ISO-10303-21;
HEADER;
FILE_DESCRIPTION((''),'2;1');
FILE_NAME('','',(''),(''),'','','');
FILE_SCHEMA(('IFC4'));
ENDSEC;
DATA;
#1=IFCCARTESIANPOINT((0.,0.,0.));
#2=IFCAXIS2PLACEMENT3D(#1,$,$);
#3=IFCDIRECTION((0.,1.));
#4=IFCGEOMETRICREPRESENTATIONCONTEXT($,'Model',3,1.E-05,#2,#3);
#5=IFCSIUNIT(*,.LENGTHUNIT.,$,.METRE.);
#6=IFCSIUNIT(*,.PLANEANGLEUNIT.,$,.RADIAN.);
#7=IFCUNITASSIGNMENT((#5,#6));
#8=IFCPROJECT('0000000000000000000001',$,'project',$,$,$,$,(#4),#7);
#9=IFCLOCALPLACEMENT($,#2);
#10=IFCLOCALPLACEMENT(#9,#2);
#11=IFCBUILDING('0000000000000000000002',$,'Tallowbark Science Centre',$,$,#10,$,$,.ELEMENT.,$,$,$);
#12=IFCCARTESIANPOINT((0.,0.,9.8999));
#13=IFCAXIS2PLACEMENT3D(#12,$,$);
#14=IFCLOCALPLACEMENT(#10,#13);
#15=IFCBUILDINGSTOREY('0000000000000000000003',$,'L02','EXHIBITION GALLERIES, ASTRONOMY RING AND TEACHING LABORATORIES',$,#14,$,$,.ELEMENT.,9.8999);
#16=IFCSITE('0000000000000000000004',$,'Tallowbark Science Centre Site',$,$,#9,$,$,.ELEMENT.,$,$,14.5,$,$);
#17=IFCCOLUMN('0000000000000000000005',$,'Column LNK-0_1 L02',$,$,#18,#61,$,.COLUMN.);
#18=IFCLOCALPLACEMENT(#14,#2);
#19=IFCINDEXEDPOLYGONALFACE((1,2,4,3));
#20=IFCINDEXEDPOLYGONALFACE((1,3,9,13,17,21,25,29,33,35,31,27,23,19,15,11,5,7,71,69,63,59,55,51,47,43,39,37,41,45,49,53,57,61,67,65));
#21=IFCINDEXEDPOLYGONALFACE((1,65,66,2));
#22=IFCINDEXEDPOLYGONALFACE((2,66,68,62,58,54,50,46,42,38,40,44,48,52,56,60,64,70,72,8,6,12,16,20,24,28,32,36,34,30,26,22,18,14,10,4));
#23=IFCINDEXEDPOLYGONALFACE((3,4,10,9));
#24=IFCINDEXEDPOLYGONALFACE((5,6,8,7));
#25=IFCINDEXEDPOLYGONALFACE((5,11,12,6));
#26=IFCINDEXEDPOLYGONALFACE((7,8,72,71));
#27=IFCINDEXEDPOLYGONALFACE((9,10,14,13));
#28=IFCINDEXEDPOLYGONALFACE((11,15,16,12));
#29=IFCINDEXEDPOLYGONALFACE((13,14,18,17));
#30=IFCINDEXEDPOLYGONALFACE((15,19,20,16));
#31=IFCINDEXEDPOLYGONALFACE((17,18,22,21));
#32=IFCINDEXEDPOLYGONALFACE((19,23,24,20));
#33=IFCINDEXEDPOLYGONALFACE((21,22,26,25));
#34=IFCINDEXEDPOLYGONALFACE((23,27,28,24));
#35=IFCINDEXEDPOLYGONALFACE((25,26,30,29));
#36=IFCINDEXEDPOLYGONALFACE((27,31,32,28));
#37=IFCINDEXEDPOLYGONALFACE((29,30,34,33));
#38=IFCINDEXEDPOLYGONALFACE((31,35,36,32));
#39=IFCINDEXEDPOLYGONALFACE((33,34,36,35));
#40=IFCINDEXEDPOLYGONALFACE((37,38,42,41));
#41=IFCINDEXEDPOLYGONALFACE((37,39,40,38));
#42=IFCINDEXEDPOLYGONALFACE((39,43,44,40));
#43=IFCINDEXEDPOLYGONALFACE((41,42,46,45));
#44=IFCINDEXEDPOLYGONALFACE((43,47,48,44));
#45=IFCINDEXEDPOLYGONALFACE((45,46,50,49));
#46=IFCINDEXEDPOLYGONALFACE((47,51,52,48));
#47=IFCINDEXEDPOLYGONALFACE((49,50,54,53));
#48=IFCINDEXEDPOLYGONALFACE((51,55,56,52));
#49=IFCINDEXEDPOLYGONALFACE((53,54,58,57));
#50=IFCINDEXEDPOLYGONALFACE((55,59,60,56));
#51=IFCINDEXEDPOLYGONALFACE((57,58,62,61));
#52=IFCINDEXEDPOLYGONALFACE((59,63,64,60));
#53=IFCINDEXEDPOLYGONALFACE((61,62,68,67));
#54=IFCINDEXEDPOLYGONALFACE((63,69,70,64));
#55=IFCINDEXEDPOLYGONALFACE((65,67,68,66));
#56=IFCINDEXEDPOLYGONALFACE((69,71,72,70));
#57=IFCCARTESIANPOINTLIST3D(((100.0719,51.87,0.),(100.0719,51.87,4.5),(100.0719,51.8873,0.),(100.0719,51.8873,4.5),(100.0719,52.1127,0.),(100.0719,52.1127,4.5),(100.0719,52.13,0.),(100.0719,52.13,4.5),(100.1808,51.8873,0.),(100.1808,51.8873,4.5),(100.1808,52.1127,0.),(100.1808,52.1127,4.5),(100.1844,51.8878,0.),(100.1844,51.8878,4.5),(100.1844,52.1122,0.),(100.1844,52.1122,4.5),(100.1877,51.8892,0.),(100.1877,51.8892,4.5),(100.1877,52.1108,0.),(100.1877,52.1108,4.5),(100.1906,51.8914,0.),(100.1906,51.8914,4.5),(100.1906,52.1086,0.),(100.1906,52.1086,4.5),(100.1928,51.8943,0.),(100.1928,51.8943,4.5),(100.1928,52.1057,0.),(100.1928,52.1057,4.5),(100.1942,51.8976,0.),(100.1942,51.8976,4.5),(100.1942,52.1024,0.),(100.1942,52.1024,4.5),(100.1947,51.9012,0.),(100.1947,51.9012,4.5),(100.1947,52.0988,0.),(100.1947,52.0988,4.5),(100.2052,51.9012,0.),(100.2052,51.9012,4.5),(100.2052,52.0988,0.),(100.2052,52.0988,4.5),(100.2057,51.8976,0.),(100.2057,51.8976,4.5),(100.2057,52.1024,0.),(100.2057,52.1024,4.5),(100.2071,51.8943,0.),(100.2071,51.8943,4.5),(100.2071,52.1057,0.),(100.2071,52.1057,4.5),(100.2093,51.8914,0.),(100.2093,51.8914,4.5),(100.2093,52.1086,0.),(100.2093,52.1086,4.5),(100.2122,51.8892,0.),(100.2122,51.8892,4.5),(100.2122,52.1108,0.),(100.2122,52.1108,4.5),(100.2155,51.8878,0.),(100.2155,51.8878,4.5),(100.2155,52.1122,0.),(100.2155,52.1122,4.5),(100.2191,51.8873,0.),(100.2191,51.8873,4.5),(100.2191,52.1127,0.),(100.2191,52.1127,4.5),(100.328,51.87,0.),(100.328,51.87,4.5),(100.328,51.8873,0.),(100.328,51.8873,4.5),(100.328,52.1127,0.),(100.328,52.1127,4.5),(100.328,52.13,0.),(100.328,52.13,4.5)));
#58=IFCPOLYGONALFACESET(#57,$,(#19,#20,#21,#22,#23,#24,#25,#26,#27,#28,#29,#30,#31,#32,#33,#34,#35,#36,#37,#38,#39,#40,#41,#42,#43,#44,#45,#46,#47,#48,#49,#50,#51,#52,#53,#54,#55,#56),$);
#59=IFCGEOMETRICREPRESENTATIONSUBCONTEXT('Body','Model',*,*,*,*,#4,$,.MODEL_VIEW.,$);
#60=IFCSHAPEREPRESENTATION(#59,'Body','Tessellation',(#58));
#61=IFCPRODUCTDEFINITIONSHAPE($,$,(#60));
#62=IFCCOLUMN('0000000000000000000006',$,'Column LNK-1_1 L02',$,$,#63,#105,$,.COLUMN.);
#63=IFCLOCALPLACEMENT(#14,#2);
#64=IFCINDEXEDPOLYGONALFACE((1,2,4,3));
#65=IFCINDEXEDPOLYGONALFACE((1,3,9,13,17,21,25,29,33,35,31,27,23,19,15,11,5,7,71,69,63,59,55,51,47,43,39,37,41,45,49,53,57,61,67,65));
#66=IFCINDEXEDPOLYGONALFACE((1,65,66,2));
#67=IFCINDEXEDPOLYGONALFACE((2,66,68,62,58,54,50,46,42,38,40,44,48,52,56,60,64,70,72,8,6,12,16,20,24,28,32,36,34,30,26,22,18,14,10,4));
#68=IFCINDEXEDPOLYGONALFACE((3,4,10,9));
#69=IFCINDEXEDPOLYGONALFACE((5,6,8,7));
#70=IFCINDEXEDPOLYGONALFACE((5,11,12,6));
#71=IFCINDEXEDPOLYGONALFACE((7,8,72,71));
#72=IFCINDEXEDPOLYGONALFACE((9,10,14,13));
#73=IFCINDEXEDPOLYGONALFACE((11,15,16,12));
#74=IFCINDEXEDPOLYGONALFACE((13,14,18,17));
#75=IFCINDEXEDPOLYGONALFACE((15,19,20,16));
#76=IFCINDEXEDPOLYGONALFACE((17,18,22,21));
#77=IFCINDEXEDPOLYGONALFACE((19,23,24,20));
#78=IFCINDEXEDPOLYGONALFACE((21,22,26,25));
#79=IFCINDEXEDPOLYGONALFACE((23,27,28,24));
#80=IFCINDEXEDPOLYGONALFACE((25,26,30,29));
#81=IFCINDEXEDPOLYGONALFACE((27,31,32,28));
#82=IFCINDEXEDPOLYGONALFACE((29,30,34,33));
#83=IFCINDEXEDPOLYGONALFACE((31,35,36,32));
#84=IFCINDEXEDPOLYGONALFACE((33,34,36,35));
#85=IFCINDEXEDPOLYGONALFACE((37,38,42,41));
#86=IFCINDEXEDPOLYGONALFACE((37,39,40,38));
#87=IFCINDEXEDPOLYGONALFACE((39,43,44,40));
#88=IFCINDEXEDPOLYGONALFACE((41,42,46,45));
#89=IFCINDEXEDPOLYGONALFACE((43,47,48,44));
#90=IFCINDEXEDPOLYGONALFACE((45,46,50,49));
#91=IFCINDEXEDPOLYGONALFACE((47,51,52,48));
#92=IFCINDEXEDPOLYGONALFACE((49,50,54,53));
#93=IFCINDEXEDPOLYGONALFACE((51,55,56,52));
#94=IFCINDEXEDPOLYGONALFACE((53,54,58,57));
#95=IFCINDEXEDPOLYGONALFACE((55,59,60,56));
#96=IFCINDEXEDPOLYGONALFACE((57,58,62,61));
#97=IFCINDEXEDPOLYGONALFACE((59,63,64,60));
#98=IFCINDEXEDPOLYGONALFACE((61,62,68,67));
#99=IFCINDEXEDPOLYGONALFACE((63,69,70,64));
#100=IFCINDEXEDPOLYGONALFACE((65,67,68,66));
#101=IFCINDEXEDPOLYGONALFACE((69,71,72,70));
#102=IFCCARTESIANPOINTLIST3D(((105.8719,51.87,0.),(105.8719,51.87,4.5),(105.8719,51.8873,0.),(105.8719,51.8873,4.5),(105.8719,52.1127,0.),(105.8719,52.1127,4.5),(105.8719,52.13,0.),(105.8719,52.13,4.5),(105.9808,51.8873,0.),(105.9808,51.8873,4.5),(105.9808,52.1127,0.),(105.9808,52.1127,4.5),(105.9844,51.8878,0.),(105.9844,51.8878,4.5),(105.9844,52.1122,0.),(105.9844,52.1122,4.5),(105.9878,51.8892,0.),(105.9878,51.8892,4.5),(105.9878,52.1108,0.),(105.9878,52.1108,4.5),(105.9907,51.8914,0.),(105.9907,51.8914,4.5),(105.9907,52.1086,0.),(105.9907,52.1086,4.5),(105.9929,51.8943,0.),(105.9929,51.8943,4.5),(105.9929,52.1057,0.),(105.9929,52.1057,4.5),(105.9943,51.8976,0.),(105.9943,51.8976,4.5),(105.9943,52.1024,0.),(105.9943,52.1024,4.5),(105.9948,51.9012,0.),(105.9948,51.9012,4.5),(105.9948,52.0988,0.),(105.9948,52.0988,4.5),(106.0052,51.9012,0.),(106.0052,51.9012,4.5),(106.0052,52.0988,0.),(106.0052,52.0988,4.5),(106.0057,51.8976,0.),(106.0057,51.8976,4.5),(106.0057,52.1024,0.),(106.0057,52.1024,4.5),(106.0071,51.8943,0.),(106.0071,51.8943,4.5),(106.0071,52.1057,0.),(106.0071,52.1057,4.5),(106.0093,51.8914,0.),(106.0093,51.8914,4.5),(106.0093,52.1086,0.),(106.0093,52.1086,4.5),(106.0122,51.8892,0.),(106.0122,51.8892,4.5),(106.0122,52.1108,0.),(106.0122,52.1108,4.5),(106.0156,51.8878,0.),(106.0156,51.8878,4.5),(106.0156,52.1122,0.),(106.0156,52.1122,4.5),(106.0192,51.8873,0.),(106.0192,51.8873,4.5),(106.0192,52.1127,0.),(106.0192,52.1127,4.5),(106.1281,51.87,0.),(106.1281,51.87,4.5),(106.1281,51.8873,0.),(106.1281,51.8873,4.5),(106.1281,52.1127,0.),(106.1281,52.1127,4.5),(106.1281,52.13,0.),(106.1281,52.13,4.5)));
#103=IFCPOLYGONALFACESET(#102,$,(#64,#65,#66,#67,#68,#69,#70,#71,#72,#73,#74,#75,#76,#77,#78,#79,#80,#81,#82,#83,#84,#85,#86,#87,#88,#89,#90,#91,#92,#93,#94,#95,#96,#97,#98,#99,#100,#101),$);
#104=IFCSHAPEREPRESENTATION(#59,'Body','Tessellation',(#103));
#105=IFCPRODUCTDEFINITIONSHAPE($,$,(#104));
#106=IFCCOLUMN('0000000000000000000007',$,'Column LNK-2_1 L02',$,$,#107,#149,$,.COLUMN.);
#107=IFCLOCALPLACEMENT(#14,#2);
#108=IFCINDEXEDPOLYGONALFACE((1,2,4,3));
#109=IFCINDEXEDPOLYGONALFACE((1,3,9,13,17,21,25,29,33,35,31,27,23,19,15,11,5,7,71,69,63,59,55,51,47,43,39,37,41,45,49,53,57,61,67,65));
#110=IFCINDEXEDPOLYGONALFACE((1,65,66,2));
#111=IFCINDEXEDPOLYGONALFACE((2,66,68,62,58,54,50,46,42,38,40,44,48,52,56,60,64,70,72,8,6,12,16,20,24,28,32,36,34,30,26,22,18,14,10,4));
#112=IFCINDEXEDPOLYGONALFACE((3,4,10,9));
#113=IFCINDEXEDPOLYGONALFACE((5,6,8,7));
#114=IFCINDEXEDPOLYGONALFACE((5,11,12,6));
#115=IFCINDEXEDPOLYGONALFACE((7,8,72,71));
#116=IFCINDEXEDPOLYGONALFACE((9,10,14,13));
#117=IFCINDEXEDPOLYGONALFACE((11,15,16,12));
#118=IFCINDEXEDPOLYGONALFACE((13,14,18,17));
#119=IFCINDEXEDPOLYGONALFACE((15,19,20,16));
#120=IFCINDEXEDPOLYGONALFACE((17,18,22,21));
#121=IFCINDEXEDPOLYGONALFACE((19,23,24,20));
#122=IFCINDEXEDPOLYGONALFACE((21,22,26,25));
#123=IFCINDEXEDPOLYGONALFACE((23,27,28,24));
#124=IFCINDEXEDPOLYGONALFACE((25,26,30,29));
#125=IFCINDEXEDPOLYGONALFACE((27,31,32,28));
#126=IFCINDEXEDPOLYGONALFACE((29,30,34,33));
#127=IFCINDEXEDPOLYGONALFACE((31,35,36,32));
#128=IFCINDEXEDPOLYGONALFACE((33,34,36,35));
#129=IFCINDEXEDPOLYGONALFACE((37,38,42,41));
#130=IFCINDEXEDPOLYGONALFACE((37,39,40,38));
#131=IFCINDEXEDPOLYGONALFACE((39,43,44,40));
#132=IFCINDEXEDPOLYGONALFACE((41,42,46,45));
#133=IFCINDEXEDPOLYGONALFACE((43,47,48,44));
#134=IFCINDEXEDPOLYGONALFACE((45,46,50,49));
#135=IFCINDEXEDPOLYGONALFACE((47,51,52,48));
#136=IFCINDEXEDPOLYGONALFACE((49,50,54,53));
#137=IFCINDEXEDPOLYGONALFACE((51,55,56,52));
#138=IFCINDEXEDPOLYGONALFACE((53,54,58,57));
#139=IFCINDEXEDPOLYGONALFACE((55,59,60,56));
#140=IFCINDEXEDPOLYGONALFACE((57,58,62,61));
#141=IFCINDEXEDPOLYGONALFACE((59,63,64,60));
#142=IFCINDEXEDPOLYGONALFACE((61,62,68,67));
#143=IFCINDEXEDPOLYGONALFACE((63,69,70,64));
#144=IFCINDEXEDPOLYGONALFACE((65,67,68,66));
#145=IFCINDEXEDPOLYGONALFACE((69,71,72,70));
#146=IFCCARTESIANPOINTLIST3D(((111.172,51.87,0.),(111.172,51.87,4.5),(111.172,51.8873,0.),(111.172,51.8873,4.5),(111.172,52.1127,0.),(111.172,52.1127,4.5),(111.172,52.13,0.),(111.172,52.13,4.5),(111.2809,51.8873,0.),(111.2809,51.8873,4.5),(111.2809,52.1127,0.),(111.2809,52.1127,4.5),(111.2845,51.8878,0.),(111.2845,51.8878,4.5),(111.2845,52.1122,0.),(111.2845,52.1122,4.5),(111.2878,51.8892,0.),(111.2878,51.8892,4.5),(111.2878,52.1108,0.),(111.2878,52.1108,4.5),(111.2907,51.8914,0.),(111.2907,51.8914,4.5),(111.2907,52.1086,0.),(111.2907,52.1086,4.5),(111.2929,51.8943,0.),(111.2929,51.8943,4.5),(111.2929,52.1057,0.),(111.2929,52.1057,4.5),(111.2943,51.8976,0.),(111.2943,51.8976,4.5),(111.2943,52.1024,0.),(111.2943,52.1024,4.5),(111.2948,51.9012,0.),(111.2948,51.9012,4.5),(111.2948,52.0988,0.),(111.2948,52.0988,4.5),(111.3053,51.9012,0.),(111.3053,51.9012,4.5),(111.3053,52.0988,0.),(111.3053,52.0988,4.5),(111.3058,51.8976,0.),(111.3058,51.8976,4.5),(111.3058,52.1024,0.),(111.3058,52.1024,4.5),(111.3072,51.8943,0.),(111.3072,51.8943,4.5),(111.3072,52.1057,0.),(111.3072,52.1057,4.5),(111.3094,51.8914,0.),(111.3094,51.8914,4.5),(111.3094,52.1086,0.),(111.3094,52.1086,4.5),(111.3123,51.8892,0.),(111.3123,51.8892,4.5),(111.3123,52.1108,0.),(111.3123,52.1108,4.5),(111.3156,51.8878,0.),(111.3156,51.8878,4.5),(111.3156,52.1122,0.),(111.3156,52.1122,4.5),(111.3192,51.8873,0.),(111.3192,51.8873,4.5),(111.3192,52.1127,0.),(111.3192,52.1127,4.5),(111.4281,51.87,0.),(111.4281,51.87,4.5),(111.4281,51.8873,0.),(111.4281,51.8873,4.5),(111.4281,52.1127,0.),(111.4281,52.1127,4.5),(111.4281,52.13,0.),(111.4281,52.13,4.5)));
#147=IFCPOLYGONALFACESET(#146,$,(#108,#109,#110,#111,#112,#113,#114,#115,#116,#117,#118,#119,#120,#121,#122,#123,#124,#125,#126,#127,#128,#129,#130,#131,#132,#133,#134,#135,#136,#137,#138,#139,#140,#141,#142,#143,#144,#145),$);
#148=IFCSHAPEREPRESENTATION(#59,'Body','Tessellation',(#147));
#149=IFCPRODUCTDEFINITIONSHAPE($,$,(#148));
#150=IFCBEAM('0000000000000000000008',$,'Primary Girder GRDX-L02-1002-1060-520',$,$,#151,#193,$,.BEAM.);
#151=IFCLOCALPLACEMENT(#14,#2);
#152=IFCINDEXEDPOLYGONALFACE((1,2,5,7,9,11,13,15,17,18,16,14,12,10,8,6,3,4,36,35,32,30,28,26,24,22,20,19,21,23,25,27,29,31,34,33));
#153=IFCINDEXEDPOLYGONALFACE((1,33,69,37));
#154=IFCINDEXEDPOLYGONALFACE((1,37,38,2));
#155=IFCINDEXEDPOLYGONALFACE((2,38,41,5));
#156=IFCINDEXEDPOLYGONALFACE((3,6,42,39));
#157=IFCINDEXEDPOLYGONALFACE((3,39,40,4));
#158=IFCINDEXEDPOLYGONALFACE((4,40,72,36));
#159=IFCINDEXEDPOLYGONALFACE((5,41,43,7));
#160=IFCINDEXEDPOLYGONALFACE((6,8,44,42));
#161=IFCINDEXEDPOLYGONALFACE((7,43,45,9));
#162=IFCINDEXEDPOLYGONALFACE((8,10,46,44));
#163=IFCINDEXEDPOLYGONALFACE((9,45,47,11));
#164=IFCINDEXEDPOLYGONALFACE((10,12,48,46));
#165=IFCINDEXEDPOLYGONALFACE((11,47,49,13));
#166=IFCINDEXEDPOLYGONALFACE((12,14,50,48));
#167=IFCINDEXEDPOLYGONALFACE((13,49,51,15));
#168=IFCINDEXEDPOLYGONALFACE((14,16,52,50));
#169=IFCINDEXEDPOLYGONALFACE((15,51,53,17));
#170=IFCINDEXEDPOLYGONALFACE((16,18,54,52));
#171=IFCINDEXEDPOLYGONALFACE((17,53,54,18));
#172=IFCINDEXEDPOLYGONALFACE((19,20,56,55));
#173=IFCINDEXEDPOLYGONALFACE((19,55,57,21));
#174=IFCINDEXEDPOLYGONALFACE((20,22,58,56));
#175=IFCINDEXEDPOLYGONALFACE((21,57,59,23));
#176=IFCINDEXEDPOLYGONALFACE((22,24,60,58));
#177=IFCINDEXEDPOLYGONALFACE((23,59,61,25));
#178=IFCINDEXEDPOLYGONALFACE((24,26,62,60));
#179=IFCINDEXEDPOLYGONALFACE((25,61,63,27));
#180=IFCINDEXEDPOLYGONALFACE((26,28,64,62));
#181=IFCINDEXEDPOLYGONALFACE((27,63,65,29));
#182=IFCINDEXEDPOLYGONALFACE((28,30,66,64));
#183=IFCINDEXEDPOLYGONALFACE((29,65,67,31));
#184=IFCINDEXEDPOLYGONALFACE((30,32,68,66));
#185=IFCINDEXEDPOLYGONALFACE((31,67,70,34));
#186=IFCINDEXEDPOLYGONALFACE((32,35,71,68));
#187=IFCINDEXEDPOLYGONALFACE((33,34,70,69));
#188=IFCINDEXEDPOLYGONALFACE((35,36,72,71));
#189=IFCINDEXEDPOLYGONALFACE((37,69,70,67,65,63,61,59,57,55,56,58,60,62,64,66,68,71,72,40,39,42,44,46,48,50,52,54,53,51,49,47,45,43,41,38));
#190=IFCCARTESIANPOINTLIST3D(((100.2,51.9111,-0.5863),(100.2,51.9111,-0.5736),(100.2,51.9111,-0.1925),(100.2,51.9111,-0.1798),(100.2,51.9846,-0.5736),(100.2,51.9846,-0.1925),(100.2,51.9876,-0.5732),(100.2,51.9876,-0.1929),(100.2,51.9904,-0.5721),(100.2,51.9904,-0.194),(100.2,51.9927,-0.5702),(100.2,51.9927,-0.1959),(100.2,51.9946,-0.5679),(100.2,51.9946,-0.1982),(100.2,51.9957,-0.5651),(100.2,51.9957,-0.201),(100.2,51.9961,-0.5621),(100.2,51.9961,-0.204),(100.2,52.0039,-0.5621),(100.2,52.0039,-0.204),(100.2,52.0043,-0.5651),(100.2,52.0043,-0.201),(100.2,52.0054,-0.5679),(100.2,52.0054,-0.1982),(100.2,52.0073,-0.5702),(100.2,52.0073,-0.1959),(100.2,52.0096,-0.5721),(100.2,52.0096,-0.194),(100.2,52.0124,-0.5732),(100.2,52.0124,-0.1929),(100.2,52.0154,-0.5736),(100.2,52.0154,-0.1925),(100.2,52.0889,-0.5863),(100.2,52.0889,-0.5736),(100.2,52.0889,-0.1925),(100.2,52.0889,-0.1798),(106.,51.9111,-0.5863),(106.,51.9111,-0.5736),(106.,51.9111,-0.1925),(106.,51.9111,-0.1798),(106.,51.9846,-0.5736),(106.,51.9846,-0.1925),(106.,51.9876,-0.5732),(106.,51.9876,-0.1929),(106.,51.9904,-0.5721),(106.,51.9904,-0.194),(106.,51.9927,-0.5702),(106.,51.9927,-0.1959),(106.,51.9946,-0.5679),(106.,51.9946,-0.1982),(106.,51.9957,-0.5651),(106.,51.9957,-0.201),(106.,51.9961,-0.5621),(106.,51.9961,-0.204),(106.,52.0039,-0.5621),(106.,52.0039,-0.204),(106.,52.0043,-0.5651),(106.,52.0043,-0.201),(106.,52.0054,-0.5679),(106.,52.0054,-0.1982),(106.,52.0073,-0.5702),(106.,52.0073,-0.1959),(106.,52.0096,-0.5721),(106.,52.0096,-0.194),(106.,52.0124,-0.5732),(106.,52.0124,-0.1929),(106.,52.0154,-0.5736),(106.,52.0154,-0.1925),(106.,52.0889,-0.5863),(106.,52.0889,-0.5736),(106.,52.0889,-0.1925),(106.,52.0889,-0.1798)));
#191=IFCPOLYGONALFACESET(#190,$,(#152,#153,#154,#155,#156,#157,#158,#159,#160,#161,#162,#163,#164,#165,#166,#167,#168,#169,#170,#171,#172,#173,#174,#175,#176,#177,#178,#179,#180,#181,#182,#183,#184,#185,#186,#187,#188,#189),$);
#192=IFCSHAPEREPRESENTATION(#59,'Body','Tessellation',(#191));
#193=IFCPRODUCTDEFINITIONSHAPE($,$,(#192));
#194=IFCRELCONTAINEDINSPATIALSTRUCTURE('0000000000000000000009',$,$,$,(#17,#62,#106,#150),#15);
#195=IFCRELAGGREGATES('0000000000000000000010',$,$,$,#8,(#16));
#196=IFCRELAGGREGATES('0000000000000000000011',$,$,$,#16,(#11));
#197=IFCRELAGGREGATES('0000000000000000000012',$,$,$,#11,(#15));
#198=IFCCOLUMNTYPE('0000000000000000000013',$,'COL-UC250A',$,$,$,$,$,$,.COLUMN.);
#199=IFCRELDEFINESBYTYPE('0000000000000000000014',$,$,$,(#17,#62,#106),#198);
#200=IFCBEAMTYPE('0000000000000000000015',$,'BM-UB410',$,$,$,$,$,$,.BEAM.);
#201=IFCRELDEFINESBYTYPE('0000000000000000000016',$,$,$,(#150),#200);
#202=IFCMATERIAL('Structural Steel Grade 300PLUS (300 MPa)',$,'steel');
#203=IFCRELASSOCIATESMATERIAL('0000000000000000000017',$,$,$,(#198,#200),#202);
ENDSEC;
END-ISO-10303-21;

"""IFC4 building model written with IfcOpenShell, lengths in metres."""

from ifc_helpers import new_model, si_unit, direction, frame, origin, origin_2d, place, context, subcontext, project, spatial, i_section, extrude, material, material_profile, profile_set, type_object, element, save


model = new_model("IFC4")

# Units and contexts
model_context = context("Model", 3, precision=1e-05, world=origin(), true_north=direction((0.0, 1.0)))
body_context = subcontext(model_context, "Body", "Model", "MODEL_VIEW")
ifc_project = project(units=[si_unit("LENGTHUNIT", "METRE"), si_unit("PLANEANGLEUNIT", "RADIAN")], contexts=[model_context])

# Site, building, storey
site_placement = place(None, origin())
site = spatial("IfcSite", under=ifc_project, at=site_placement, Name="Tallowbark Science Centre Site", CompositionType="ELEMENT", RefElevation=14.5)
building_placement = place(site_placement, origin())
building = spatial("IfcBuilding", under=site, at=building_placement, Name="Tallowbark Science Centre", CompositionType="ELEMENT")
storey_placement = place(building_placement, frame((0.0, 0.0, 9.8999)))
storey = spatial("IfcBuildingStorey", under=building, at=storey_placement, Name="L02", Description="EXHIBITION GALLERIES, ASTRONOMY RING AND TEACHING LABORATORIES", CompositionType="ELEMENT", Elevation=9.8999)

# Columns
ifc_material_1 = material(Name="Structural Steel Grade 300PLUS (300 MPa)", Category="steel")
ifc_material_profile_1 = material_profile(ifc_material_1, i_section(OverallWidth=0.2561, OverallDepth=0.26, WebThickness=0.0105, FlangeThickness=0.0173, FilletRadius=0.0139, at=origin_2d()), Name="250UC89.5")
ifc_profile_set_1 = profile_set([ifc_material_profile_1], Name="Structural Steel Grade 300PLUS (300 MPa)")
column_type = type_object("IfcColumnType", Name="COL-UC250A", PredefinedType="COLUMN", material=ifc_profile_set_1)
for number, where, z_axis, x_axis, name in (
    (1, (100.2, 52.0, 0.0), (0.0, 0.0, 1.0), (1.0, 0.0, 0.0), "Column LNK-0_1 L02"),
    (2, (106.0, 52.0, 0.0), (0.0, 0.0, 1.0), (1.0, 0.0, 0.0), "Column LNK-1_1 L02"),
    (3, (111.3, 52.0, 0.0), (0.0, 0.0, 1.0), (1.0, 0.0, 0.0), "Column LNK-2_1 L02"),
):
    element("IfcColumn", number, at=place(storey_placement, frame(where, z_axis=z_axis, x_axis=x_axis)), inside=storey, type_object=column_type, Name=name, PredefinedType="COLUMN", context=body_context, shape_type="SweptSolid", body=[
        extrude(i_section(OverallWidth=0.2561, OverallDepth=0.26, WebThickness=0.0105, FlangeThickness=0.0173, FilletRadius=0.0139, at=origin_2d()), origin(), (0.0, 0.0, 1.0), 4.5),
    ])

# Beam
ifc_material_profile_2 = material_profile(ifc_material_1, i_section(OverallWidth=0.1777, OverallDepth=0.4065, WebThickness=0.0078, FlangeThickness=0.0127, FilletRadius=0.0115, at=origin_2d()), Name="410UB59.7")
ifc_profile_set_2 = profile_set([ifc_material_profile_2], Name="Structural Steel Grade 300PLUS (300 MPa)")
beam_type = type_object("IfcBeamType", Name="BM-UB410", PredefinedType="BEAM", material=ifc_profile_set_2)
beam_1_placement = place(storey_placement, frame((100.2, 52.0, -0.3831), z_axis=(1.0, 0.0, 0.0), x_axis=(0.0, 1.0, 0.0)))
element("IfcBeam", 4, at=beam_1_placement, inside=storey, type_object=beam_type, Name="Primary Girder GRDX-L02-1002-1060-520", PredefinedType="BEAM", context=body_context, shape_type="SweptSolid", body=[
    extrude(i_section(OverallWidth=0.1777, OverallDepth=0.4065, WebThickness=0.0078, FlangeThickness=0.0127, FilletRadius=0.0115, at=origin_2d()), origin(), (0.0, 0.0, 1.0), 5.8),
])

save(model, "model.ifc")
